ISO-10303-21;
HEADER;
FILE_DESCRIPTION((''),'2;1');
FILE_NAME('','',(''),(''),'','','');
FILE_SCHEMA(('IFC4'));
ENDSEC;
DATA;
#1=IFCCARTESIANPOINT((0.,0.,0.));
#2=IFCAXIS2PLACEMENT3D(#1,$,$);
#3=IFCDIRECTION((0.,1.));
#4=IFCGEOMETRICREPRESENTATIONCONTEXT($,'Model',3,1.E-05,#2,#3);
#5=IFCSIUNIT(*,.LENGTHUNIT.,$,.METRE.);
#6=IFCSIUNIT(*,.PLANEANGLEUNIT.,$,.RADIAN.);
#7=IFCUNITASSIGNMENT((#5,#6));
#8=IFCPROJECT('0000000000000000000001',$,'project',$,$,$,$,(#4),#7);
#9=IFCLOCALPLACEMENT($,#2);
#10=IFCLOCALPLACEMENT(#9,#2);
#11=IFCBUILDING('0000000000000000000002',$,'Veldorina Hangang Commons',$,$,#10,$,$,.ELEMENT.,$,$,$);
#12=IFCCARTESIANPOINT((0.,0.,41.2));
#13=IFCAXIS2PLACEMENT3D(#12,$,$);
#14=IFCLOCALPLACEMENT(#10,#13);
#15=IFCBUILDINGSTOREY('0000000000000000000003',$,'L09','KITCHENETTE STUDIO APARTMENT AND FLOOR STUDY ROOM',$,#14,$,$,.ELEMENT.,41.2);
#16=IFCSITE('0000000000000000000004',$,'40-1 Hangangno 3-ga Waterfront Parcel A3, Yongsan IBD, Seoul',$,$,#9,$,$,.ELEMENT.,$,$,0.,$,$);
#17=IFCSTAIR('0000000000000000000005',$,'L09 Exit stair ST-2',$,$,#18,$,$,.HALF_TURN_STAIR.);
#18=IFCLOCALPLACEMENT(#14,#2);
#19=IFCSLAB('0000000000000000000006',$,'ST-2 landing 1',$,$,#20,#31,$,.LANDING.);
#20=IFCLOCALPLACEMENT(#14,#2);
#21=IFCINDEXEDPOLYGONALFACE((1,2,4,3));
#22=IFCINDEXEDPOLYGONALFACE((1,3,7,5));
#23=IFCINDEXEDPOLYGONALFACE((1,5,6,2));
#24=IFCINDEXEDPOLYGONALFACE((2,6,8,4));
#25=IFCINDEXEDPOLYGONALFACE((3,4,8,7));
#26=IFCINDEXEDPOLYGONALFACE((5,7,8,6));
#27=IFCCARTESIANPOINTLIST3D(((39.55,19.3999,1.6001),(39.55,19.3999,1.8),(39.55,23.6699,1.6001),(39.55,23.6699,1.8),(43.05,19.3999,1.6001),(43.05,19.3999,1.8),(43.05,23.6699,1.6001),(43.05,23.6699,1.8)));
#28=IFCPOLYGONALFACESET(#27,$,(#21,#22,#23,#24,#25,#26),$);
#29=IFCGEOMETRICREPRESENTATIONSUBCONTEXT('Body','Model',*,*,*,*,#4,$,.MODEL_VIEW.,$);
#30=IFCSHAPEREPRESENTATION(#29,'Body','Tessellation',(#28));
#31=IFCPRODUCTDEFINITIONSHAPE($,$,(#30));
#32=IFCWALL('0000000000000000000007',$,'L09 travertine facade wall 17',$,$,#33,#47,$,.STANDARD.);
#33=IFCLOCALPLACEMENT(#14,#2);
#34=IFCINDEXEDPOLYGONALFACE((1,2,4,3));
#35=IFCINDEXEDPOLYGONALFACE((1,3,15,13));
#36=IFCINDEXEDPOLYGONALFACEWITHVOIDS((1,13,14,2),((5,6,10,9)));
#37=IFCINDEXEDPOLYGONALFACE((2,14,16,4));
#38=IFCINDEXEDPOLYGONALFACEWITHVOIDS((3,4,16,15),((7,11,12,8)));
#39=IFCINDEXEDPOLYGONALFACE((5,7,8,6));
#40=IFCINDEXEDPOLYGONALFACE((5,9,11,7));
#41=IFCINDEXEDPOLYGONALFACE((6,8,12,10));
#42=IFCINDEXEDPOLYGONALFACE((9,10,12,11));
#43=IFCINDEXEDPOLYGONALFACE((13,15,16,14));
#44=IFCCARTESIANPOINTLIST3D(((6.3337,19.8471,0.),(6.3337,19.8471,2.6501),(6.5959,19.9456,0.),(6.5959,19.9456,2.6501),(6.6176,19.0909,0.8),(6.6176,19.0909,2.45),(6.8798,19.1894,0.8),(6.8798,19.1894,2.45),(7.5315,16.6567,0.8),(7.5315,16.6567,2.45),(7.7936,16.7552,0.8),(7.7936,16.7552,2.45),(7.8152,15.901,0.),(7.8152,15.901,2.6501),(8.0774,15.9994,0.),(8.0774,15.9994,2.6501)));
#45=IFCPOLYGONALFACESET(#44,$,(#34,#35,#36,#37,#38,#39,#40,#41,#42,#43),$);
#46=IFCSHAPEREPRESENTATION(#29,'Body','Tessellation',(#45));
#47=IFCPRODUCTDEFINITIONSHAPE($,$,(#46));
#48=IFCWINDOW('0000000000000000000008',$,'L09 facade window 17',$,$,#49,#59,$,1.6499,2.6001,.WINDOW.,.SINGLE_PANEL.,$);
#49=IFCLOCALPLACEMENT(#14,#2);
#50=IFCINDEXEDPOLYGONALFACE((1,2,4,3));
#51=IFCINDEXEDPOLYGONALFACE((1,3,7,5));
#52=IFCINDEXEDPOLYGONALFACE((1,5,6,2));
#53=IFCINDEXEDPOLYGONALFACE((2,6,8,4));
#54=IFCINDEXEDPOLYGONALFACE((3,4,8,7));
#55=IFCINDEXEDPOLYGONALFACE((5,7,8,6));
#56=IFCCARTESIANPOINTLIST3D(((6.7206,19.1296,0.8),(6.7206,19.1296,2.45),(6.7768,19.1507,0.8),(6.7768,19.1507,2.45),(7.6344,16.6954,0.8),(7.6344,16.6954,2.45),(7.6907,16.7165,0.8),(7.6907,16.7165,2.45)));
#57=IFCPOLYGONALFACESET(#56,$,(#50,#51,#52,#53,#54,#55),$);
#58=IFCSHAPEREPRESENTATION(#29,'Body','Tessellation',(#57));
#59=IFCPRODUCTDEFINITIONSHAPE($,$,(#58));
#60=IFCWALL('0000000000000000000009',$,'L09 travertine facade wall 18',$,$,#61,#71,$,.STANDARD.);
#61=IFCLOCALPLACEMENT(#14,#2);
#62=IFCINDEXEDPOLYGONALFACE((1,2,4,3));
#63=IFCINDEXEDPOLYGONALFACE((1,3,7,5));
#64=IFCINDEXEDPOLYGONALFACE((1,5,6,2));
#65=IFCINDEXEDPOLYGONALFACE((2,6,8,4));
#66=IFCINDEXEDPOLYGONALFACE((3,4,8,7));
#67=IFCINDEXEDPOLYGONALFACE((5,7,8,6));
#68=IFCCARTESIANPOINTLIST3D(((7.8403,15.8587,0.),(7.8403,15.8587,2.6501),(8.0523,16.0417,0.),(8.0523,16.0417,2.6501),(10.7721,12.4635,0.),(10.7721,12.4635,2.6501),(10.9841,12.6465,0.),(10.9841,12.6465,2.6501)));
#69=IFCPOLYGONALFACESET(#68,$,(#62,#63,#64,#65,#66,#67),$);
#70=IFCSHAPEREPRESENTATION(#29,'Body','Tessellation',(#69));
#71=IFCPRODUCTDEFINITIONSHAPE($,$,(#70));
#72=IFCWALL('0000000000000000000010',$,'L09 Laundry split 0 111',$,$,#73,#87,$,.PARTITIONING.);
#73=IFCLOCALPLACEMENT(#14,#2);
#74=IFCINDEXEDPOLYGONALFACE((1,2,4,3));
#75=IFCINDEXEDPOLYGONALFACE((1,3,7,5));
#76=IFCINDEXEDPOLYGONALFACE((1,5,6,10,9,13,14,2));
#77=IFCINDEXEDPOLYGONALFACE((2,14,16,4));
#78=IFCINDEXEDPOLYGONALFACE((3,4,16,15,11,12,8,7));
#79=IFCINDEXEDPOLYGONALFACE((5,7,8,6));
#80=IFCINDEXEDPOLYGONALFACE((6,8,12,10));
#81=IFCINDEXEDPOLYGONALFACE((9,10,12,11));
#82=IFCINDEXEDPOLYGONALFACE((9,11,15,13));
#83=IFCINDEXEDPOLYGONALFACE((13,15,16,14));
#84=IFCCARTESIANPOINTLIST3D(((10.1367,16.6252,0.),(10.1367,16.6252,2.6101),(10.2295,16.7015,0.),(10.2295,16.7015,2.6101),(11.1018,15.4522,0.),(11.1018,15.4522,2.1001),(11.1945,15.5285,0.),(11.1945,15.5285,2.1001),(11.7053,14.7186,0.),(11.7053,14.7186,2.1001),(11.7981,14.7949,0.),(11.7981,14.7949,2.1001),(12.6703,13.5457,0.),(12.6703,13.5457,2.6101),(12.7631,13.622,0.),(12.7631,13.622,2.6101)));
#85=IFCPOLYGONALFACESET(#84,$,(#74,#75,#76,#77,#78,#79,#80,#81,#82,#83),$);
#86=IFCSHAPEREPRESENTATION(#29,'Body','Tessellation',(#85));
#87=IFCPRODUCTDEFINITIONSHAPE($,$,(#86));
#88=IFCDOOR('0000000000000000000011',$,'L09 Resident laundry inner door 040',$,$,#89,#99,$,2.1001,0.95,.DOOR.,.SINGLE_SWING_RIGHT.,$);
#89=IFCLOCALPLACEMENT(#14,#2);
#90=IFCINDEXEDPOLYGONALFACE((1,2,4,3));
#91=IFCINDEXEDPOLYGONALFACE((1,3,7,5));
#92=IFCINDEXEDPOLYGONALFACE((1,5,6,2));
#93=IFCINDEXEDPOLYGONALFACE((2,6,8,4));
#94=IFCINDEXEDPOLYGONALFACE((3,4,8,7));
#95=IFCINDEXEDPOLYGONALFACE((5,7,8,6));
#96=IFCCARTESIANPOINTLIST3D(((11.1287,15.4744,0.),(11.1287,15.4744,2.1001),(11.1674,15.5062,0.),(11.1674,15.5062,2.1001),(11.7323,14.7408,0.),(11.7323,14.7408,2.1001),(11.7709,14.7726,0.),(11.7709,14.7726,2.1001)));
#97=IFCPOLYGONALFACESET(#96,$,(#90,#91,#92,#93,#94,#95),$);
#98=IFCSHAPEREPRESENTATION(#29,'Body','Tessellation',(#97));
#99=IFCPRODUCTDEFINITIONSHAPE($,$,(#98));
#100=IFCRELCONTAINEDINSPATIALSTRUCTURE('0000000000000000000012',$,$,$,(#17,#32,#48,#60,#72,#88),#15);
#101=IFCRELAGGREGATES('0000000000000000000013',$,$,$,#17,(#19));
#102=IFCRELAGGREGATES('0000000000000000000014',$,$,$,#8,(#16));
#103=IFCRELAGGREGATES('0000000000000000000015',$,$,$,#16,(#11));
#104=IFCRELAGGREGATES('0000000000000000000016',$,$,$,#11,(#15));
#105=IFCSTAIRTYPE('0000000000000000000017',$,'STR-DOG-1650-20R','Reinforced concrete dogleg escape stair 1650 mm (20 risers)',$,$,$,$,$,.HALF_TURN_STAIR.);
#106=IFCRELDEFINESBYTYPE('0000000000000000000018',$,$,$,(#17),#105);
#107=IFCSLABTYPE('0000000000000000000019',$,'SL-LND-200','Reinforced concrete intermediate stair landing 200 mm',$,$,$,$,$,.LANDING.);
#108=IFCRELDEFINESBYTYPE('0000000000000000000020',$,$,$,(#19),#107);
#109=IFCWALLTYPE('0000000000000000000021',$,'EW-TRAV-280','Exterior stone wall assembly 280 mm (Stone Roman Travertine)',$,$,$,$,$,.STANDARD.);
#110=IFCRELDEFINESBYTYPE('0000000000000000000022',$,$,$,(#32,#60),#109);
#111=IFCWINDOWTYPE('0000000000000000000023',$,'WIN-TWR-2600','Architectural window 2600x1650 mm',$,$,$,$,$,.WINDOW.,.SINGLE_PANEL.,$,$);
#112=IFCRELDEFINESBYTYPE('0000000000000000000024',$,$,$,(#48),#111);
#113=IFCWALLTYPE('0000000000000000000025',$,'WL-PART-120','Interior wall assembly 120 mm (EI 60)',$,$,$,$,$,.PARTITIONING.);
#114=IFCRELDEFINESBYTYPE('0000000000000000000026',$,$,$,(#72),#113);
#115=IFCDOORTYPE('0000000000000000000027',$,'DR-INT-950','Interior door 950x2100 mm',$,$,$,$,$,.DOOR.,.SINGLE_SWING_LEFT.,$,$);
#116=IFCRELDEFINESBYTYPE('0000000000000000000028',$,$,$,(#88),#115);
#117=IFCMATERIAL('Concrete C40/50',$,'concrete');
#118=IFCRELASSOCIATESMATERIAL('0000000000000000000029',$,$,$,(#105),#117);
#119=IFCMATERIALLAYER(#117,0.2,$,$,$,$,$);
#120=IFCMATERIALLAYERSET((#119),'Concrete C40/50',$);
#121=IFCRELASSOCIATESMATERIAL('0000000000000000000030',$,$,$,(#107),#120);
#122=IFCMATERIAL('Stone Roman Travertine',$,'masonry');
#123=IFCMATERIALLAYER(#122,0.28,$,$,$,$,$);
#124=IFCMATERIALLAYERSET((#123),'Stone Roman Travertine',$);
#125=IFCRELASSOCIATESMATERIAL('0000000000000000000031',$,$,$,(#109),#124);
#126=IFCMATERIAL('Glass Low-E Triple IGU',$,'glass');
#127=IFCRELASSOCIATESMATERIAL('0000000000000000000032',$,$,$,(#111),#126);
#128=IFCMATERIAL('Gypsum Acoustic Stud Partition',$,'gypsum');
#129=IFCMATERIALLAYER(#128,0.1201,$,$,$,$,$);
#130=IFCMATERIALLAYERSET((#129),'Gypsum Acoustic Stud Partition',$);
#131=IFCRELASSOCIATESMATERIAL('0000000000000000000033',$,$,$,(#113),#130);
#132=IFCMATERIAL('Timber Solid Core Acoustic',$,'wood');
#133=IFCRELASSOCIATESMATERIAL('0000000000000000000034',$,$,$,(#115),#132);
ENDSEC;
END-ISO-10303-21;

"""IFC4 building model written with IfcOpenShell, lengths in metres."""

from ifc_helpers import new_model, si_unit, direction, frame, frame_2d, origin, place, context, subcontext, project, spatial, polyline, rectangle, outline, extrude, material, layer, layer_set, type_object, element, fill, aggregate, save


model = new_model("IFC4")

# Units and contexts
model_context = context("Model", 3, precision=1e-05, world=origin(), true_north=direction((0.0, 1.0)))
body_context = subcontext(model_context, "Body", "Model", "MODEL_VIEW")
ifc_project = project(units=[si_unit("LENGTHUNIT", "METRE"), si_unit("PLANEANGLEUNIT", "RADIAN")], contexts=[model_context])

# Site, building, storey
site_placement = place(None, origin())
site = spatial("IfcSite", under=ifc_project, at=site_placement, Name="40-1 Hangangno 3-ga Waterfront Parcel A3, Yongsan IBD, Seoul", CompositionType="ELEMENT", RefElevation=0.0)
building_placement = place(site_placement, origin())
building = spatial("IfcBuilding", under=site, at=building_placement, Name="Veldorina Hangang Commons", CompositionType="ELEMENT")
storey_placement = place(building_placement, frame((0.0, 0.0, 41.2)))
storey = spatial("IfcBuildingStorey", under=building, at=storey_placement, Name="L09", Description="KITCHENETTE STUDIO APARTMENT AND FLOOR STUDY ROOM", CompositionType="ELEMENT", Elevation=41.2)

# Shared definitions
ifc_material_1 = material(Name="Glass Low-E Triple IGU", Category="glass")

# Shared definitions
ifc_material_2 = material(Name="Concrete C40/50", Category="concrete")

# Stair, slab
stair_type = type_object("IfcStairType", Name="STR-DOG-1650-20R", Description="Reinforced concrete dogleg escape stair 1650 mm (20 risers)", PredefinedType="HALF_TURN_STAIR", material=ifc_material_2)
ifc_layer_1 = layer(ifc_material_2, 0.2)
ifc_layer_set_1 = layer_set([ifc_layer_1], Name="Concrete C40/50")
slab_type_1 = type_object("IfcSlabType", Name="SL-LND-200", Description="Reinforced concrete intermediate stair landing 200 mm", PredefinedType="LANDING", material=ifc_layer_set_1)
stair_1_placement = place(storey_placement, origin())
stair_1 = element("IfcStair", 1, at=stair_1_placement, inside=storey, type_object=stair_type, Name="L09 Exit stair ST-2", PredefinedType="HALF_TURN_STAIR")
slab_1_placement = place(storey_placement, frame((0.0, 0.0, 1.6001)))
slab_1 = element("IfcSlab", 2, at=slab_1_placement, type_object=slab_type_1, Name="ST-2 landing 1", PredefinedType="LANDING", context=body_context, shape_type="SweptSolid", body=[
    extrude(outline(polyline([(39.55, 23.6699), (39.55, 19.3999), (43.05, 19.3999), (43.05, 23.6699), (39.55, 23.6699)])), origin(), (0.0, 0.0, 1.0), 0.2),
])
aggregate(stair_1, [slab_1])

# Wall, opening, window
ifc_material_3 = material(Name="Stone Roman Travertine", Category="masonry")
ifc_layer_2 = layer(ifc_material_3, 0.28)
ifc_layer_set_2 = layer_set([ifc_layer_2], Name="Stone Roman Travertine")
wall_type_1 = type_object("IfcWallType", Name="EW-TRAV-280", Description="Exterior stone wall assembly 280 mm (Stone Roman Travertine)", PredefinedType="STANDARD", material=ifc_layer_set_2)
wall_1_placement = place(storey_placement, frame((6.4648, 19.8962, 0.0), z_axis=(0.0, 0.0, 1.0), x_axis=(0.351473, -0.936198, 0.0)))
wall_1 = element("IfcWall", 3, at=wall_1_placement, inside=storey, type_object=wall_type_1, Name="L09 travertine facade wall 17", PredefinedType="STANDARD", context=body_context, shape_type="SweptSolid", body=[
    extrude(rectangle(XDim=4.2151, YDim=0.28, at=frame_2d((2.1074, 0.0))), origin(), (0.0, 0.0, 1.0), 2.6501),
])
opening_1_placement = place(wall_1_placement, frame((0.8076, 0.0, 0.8)))
opening_1 = element("IfcOpeningElement", 4, at=opening_1_placement, cuts=wall_1, PredefinedType="OPENING", context=body_context, shape_type="SweptSolid", body=[
    extrude(rectangle(XDim=2.6001, YDim=1.6499, at=frame_2d((1.3, 0.825))), frame((0.0, 0.1499, 0.0), z_axis=(0.0, -1.0, 0.0), x_axis=(1.0, 0.0, 0.0)), (0.0, 0.0, 1.0), 0.3),
])
window_type = type_object("IfcWindowType", Name="WIN-TWR-2600", Description="Architectural window 2600x1650 mm", PartitioningType="SINGLE_PANEL", PredefinedType="WINDOW", material=ifc_material_1)
window_placement = place(opening_1_placement, origin())
window = element("IfcWindow", 5, at=window_placement, inside=storey, type_object=window_type, Name="L09 facade window 17", OverallHeight=1.6499, OverallWidth=2.6001, PartitioningType="SINGLE_PANEL", PredefinedType="WINDOW", context=body_context, shape_type="SweptSolid", body=[
    extrude(rectangle(XDim=2.6001, YDim=1.6499, at=frame_2d((1.3, 0.825))), frame((0.0, 0.03, 0.0), z_axis=(0.0, -1.0, 0.0), x_axis=(1.0, 0.0, 0.0)), (0.0, 0.0, 1.0), 0.0601),
])
fill(opening_1, window)

# Wall
wall_2_placement = place(storey_placement, frame((7.9463, 15.9502, 0.0), z_axis=(0.0, 0.0, 1.0), x_axis=(0.65357, -0.756866, 0.0)))
element("IfcWall", 6, at=wall_2_placement, inside=storey, type_object=wall_type_1, Name="L09 travertine facade wall 18", PredefinedType="STANDARD", context=body_context, shape_type="SweptSolid", body=[
    extrude(rectangle(XDim=4.4858, YDim=0.28, at=frame_2d((2.2429, 0.0))), origin(), (0.0, 0.0, 1.0), 2.6501),
])

# Wall, opening, door
ifc_material_4 = material(Name="Gypsum Acoustic Stud Partition", Category="gypsum")
ifc_layer_3 = layer(ifc_material_4, 0.1201)
ifc_layer_set_3 = layer_set([ifc_layer_3], Name="Gypsum Acoustic Stud Partition")
wall_type_2 = type_object("IfcWallType", Name="WL-PART-120", Description="Interior wall assembly 120 mm (EI 60)", PredefinedType="PARTITIONING", material=ifc_layer_set_3)
wall_3_placement = place(storey_placement, frame((10.1831, 16.6633, 0.0), z_axis=(0.0, 0.0, 1.0), x_axis=(0.635342, -0.772231, 0.0)))
wall_3 = element("IfcWall", 7, at=wall_3_placement, inside=storey, type_object=wall_type_2, Name="L09 Laundry split 0 111", PredefinedType="PARTITIONING", context=body_context, shape_type="SweptSolid", body=[
    extrude(rectangle(XDim=3.9878, YDim=0.1201, at=frame_2d((1.9939, 0.0))), origin(), (0.0, 0.0, 1.0), 2.6101),
])
opening_2_placement = place(wall_3_placement, frame((1.5188, 0.0, 0.0)))
opening_2 = element("IfcOpeningElement", 8, at=opening_2_placement, cuts=wall_3, PredefinedType="OPENING", context=body_context, shape_type="SweptSolid", body=[
    extrude(rectangle(XDim=0.95, YDim=2.1001, at=frame_2d((0.4751, 1.05))), frame((0.0, 0.0701, 0.0), z_axis=(0.0, -1.0, 0.0), x_axis=(1.0, 0.0, 0.0)), (0.0, 0.0, 1.0), 0.1401),
])
ifc_material_5 = material(Name="Timber Solid Core Acoustic", Category="wood")
door_type = type_object("IfcDoorType", Name="DR-INT-950", Description="Interior door 950x2100 mm", OperationType="SINGLE_SWING_LEFT", PredefinedType="DOOR", material=ifc_material_5)
door_placement = place(opening_2_placement, origin())
door = element("IfcDoor", 9, at=door_placement, inside=storey, type_object=door_type, Name="L09 Resident laundry inner door 040", OperationType="SINGLE_SWING_RIGHT", OverallHeight=2.1001, OverallWidth=0.95, PredefinedType="DOOR", context=body_context, shape_type="SweptSolid", body=[
    extrude(rectangle(XDim=0.95, YDim=2.1001, at=frame_2d((0.4751, 1.05))), frame((0.0, 0.0249, 0.0), z_axis=(0.0, -1.0, 0.0), x_axis=(1.0, 0.0, 0.0)), (0.0, 0.0, 1.0), 0.05),
])
fill(opening_2, door)

save(model, "model.ifc")
